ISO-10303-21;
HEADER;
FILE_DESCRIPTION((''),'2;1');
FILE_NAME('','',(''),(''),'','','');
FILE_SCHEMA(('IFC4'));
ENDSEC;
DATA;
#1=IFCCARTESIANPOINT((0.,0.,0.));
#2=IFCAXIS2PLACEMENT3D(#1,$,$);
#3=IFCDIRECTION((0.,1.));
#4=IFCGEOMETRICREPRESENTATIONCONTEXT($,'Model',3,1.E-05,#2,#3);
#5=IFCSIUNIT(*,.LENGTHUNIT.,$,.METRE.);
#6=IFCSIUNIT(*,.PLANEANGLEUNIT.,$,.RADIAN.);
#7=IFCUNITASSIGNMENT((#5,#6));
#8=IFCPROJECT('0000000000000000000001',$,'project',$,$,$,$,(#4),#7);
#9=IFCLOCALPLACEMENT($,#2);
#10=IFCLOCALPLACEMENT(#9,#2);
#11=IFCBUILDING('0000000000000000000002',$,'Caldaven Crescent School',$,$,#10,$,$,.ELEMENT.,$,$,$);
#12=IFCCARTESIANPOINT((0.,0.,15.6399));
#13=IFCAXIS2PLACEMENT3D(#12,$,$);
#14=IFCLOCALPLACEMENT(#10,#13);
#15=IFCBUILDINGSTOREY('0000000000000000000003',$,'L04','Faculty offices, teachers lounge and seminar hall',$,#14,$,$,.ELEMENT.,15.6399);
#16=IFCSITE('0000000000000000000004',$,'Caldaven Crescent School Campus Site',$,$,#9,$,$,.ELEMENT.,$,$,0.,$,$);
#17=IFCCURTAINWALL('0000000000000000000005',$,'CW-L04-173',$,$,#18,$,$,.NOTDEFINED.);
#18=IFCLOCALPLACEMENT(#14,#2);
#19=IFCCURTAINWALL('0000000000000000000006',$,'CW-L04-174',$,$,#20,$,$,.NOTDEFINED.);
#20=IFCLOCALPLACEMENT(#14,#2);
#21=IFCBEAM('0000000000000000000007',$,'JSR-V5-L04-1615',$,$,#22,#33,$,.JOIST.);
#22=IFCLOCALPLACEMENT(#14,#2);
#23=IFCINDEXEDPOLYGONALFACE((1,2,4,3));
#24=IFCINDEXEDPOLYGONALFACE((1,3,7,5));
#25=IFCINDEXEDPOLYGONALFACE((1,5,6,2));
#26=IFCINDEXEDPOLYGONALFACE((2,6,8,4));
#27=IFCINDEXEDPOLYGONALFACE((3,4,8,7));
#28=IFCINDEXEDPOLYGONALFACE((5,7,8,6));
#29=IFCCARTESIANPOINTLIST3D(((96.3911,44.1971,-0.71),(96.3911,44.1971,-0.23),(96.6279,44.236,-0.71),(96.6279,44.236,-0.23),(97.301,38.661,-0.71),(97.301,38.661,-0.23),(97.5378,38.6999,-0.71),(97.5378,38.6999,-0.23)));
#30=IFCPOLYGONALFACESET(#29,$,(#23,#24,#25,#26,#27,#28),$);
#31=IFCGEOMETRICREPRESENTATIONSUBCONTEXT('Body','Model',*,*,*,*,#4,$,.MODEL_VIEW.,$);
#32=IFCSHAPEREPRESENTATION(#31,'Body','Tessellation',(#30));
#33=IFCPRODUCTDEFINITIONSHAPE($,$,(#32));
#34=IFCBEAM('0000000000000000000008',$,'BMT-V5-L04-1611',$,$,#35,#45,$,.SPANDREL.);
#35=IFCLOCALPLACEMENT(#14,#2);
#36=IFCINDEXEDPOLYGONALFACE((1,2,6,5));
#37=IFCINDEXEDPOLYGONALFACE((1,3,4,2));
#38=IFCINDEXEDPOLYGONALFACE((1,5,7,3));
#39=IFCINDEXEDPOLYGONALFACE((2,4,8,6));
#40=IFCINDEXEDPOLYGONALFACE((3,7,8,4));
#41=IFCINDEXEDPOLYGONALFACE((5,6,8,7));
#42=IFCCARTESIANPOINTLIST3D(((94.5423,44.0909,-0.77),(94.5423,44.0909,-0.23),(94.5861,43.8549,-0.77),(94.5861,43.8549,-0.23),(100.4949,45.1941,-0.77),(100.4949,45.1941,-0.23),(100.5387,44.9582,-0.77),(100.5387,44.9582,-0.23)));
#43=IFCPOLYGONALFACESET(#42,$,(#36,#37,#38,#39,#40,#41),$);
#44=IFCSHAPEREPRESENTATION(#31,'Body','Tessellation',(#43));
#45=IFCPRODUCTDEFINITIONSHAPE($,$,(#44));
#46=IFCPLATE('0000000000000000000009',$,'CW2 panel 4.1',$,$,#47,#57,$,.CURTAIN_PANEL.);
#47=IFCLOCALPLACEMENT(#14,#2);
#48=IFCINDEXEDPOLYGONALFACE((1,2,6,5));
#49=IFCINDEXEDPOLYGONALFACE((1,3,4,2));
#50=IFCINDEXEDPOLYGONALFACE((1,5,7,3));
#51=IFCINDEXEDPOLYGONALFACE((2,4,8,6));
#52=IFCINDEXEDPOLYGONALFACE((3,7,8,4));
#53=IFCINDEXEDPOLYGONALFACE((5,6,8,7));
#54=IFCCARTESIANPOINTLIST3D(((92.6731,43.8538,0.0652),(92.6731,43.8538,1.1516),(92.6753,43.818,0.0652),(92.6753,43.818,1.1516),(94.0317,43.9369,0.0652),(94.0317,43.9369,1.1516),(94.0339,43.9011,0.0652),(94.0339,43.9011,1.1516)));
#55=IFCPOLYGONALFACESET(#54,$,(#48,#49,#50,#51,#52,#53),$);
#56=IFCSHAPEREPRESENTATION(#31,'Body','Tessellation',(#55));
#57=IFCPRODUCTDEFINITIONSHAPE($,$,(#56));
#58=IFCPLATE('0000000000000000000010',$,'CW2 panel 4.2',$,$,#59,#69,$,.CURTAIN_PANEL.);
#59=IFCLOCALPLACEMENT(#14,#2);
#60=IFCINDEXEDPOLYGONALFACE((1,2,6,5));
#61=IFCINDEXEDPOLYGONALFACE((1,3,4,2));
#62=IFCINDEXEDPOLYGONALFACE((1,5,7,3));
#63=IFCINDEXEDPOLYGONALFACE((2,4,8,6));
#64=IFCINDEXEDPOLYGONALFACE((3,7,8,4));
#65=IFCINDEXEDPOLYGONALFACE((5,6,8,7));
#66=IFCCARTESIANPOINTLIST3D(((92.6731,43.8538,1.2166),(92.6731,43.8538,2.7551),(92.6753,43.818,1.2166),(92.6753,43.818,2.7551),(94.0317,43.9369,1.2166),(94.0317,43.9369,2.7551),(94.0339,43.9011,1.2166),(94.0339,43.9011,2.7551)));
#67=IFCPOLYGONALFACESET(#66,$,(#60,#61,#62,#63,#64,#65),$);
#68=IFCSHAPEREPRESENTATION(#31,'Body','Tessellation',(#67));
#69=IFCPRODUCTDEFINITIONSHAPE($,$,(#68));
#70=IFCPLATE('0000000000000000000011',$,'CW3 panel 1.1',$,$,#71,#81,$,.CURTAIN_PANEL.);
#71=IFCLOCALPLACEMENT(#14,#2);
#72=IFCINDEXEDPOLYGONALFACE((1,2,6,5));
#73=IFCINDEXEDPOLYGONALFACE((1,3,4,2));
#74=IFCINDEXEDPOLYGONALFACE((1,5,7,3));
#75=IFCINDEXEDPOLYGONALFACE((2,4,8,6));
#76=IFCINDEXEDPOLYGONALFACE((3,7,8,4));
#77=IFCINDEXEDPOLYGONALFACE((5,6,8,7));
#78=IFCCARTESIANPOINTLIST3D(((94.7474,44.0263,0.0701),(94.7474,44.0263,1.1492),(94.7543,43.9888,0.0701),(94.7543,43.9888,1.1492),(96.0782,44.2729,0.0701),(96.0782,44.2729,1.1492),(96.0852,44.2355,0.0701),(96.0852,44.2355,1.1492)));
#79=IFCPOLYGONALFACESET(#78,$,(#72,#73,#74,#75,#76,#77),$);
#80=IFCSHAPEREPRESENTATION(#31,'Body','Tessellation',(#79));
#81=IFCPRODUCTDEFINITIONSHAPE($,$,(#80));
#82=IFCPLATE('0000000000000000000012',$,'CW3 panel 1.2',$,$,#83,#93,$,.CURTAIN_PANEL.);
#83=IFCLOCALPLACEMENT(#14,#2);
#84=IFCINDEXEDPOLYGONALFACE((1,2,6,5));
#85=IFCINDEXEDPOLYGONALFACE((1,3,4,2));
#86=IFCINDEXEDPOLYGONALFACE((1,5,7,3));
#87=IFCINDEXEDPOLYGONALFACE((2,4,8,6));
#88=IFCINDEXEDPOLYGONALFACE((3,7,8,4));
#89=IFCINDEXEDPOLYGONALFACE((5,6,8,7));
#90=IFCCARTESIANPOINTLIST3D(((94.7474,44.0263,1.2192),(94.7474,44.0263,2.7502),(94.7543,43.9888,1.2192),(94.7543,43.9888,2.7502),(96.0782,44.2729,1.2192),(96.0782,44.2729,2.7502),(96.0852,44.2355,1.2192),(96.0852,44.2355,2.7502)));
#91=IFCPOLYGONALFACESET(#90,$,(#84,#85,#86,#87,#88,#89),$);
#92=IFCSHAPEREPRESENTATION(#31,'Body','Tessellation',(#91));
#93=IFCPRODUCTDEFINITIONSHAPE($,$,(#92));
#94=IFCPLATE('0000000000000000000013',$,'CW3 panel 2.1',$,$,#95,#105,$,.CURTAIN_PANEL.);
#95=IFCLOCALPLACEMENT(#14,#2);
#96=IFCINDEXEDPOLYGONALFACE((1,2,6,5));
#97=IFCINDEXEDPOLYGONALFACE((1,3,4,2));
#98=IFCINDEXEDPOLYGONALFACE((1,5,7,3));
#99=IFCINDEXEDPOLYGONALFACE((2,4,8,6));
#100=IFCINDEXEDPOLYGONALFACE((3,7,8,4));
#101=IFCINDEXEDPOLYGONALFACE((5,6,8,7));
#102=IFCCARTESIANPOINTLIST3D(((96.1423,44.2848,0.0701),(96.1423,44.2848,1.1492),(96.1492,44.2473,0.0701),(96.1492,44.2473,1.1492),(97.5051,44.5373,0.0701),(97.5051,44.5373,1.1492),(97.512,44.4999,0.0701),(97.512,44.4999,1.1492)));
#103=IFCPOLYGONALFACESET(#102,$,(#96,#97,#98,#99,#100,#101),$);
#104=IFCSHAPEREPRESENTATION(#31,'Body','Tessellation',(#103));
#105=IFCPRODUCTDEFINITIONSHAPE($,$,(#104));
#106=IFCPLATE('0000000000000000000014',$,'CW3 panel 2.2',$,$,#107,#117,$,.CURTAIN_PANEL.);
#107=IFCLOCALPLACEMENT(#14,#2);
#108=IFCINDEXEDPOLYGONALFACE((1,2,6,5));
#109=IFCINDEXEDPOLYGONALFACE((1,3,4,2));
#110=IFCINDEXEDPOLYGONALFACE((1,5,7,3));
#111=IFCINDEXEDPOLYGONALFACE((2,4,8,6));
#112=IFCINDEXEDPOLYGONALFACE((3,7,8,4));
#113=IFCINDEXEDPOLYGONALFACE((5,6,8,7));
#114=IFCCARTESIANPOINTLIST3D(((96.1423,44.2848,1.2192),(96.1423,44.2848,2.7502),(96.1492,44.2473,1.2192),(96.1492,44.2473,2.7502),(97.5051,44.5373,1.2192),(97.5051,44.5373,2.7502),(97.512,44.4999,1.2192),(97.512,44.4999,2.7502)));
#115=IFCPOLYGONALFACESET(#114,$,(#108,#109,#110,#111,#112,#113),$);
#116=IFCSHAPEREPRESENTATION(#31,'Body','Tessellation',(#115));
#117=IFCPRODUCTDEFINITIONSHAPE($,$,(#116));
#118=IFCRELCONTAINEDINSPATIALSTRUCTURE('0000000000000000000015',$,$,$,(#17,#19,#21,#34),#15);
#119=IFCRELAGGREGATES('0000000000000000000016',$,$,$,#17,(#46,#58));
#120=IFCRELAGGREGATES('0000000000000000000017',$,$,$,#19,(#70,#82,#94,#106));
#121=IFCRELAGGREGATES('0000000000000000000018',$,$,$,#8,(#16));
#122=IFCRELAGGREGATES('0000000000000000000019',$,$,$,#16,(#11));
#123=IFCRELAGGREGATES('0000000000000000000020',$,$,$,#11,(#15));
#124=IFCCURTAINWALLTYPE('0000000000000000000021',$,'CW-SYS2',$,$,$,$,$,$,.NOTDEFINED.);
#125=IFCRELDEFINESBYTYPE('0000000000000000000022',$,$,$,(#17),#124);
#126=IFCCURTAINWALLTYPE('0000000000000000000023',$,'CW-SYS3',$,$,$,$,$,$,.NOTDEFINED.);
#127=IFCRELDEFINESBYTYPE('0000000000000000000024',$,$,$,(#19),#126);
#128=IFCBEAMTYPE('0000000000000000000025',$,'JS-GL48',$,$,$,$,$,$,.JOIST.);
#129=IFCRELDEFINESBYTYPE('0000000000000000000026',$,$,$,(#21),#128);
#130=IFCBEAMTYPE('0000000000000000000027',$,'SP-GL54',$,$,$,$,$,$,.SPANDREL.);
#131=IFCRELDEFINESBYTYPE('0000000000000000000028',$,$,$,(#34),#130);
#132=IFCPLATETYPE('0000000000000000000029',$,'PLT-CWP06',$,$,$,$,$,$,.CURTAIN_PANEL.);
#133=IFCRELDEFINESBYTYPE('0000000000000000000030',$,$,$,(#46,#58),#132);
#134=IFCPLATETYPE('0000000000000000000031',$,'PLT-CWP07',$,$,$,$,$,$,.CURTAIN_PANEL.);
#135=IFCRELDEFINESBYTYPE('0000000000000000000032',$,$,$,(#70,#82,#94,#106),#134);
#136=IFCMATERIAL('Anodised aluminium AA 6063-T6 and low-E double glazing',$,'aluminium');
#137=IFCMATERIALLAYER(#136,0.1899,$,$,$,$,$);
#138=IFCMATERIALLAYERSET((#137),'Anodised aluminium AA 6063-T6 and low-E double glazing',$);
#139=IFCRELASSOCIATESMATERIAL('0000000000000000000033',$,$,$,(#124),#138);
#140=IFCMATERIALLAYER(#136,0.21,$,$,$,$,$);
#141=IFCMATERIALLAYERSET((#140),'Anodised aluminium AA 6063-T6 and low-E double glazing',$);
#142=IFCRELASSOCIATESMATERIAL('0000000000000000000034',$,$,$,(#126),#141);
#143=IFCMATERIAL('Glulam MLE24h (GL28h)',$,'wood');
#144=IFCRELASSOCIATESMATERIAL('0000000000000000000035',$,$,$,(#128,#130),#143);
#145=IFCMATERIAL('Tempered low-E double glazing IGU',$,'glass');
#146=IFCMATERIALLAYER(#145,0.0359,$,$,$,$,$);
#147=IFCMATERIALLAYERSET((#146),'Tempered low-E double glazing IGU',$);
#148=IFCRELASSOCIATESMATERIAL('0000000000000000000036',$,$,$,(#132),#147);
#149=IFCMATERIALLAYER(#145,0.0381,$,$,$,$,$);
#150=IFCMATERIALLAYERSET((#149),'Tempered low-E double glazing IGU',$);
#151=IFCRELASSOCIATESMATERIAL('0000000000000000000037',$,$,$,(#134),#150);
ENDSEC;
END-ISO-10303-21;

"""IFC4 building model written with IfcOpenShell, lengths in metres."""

from ifc_helpers import new_model, si_unit, direction, frame, origin, origin_2d, place, context, subcontext, project, spatial, rectangle, extrude, material, layer, layer_set, material_profile, profile_set, type_object, element, aggregate, save


model = new_model("IFC4")

# Units and contexts
model_context = context("Model", 3, precision=1e-05, world=origin(), true_north=direction((0.0, 1.0)))
body_context = subcontext(model_context, "Body", "Model", "MODEL_VIEW")
ifc_project = project(units=[si_unit("LENGTHUNIT", "METRE"), si_unit("PLANEANGLEUNIT", "RADIAN")], contexts=[model_context])

# Site, building, storey
site_placement = place(None, origin())
site = spatial("IfcSite", under=ifc_project, at=site_placement, Name="Caldaven Crescent School Campus Site", CompositionType="ELEMENT", RefElevation=0.0)
building_placement = place(site_placement, origin())
building = spatial("IfcBuilding", under=site, at=building_placement, Name="Caldaven Crescent School", CompositionType="ELEMENT")
storey_placement = place(building_placement, frame((0.0, 0.0, 15.6399)))
storey = spatial("IfcBuildingStorey", under=building, at=storey_placement, Name="L04", Description="Faculty offices, teachers lounge and seminar hall", CompositionType="ELEMENT", Elevation=15.6399)

# Shared definitions
ifc_material_1 = material(Name="Glulam MLE24h (GL28h)", Category="wood")

# Curtain wall
ifc_material_2 = material(Name="Anodised aluminium AA 6063-T6 and low-E double glazing", Category="aluminium")
ifc_layer_1 = layer(ifc_material_2, 0.1899)
ifc_layer_set_1 = layer_set([ifc_layer_1], Name="Anodised aluminium AA 6063-T6 and low-E double glazing")
curtain_wall_type_1 = type_object("IfcCurtainWallType", Name="CW-SYS2", PredefinedType="NOTDEFINED", material=ifc_layer_set_1)
curtain_wall_1_placement = place(storey_placement, origin())
curtain_wall_1 = element("IfcCurtainWall", 1, at=curtain_wall_1_placement, inside=storey, type_object=curtain_wall_type_1, Name="CW-L04-173", PredefinedType="NOTDEFINED")

# Curtain wall
ifc_layer_2 = layer(ifc_material_2, 0.21)
ifc_layer_set_2 = layer_set([ifc_layer_2], Name="Anodised aluminium AA 6063-T6 and low-E double glazing")
curtain_wall_type_2 = type_object("IfcCurtainWallType", Name="CW-SYS3", PredefinedType="NOTDEFINED", material=ifc_layer_set_2)
curtain_wall_2_placement = place(storey_placement, origin())
curtain_wall_2 = element("IfcCurtainWall", 2, at=curtain_wall_2_placement, inside=storey, type_object=curtain_wall_type_2, Name="CW-L04-174", PredefinedType="NOTDEFINED")

# Beams
ifc_material_profile_1 = material_profile(ifc_material_1, rectangle(XDim=0.24, YDim=0.48, at=origin_2d()), Name="MLE 240x480")
ifc_profile_set_1 = profile_set([ifc_material_profile_1], Name="Glulam MLE24h (GL28h)")
beam_type_1 = type_object("IfcBeamType", Name="JS-GL48", PredefinedType="JOIST", material=ifc_profile_set_1)
beam_1_placement = place(storey_placement, frame((96.5095, 44.2166, -0.47), z_axis=(0.162183, -0.986761, 0.0), x_axis=(0.986761, 0.162183, 0.0)))
element("IfcBeam", 3, at=beam_1_placement, inside=storey, type_object=beam_type_1, Name="JSR-V5-L04-1615", PredefinedType="JOIST", context=body_context, shape_type="SweptSolid", body=[
    extrude(rectangle(XDim=0.24, YDim=0.48, at=origin_2d()), origin(), (0.0, 0.0, 1.0), 5.6104),
])
ifc_material_profile_2 = material_profile(ifc_material_1, rectangle(XDim=0.24, YDim=0.54, at=origin_2d()), Name="MLE 240x540")
ifc_profile_set_2 = profile_set([ifc_material_profile_2], Name="Glulam MLE24h (GL28h)")
beam_type_2 = type_object("IfcBeamType", Name="SP-GL54", PredefinedType="SPANDREL", material=ifc_profile_set_2)
beam_2_placement = place(storey_placement, frame((94.5642, 43.9729, -0.5), z_axis=(0.983254, 0.182238, 0.0), x_axis=(-0.182238, 0.983254, 0.0)))
element("IfcBeam", 4, at=beam_2_placement, inside=storey, type_object=beam_type_2, Name="BMT-V5-L04-1611", PredefinedType="SPANDREL", context=body_context, shape_type="SweptSolid", body=[
    extrude(rectangle(XDim=0.24, YDim=0.54, at=origin_2d()), origin(), (0.0, 0.0, 1.0), 6.054),
])

# Plates
ifc_material_3 = material(Name="Tempered low-E double glazing IGU", Category="glass")
ifc_layer_3 = layer(ifc_material_3, 0.0359)
ifc_layer_set_3 = layer_set([ifc_layer_3], Name="Tempered low-E double glazing IGU")
plate_type_1 = type_object("IfcPlateType", Name="PLT-CWP06", PredefinedType="CURTAIN_PANEL", material=ifc_layer_set_3)
plate_1_placement = place(storey_placement, frame((93.3535, 43.8774, 0.0652), z_axis=(0.0, 0.0, 1.0), x_axis=(0.998135, 0.061049, 0.0)))
plate_1 = element("IfcPlate", 5, at=plate_1_placement, type_object=plate_type_1, Name="CW2 panel 4.1", PredefinedType="CURTAIN_PANEL", context=body_context, shape_type="SweptSolid", body=[
    extrude(rectangle(XDim=1.3611, YDim=0.0359, at=origin_2d()), origin(), (0.0, 0.0, 1.0), 1.0864),
])
plate_2_placement = place(storey_placement, frame((93.3535, 43.8774, 1.2166), z_axis=(0.0, 0.0, 1.0), x_axis=(0.998135, 0.061049, 0.0)))
plate_2 = element("IfcPlate", 6, at=plate_2_placement, type_object=plate_type_1, Name="CW2 panel 4.2", PredefinedType="CURTAIN_PANEL", context=body_context, shape_type="SweptSolid", body=[
    extrude(rectangle(XDim=1.3611, YDim=0.0359, at=origin_2d()), origin(), (0.0, 0.0, 1.0), 1.5386),
])
aggregate(curtain_wall_1, [plate_1, plate_2])
ifc_layer_4 = layer(ifc_material_3, 0.0381)
ifc_layer_set_4 = layer_set([ifc_layer_4], Name="Tempered low-E double glazing IGU")
plate_type_2 = type_object("IfcPlateType", Name="PLT-CWP07", PredefinedType="CURTAIN_PANEL", material=ifc_layer_set_4)
plate_3_placement = place(storey_placement, frame((95.4163, 44.1309, 0.0701), z_axis=(0.0, 0.0, 1.0), x_axis=(0.983255, 0.182236, 0.0)))
plate_3 = element("IfcPlate", 7, at=plate_3_placement, type_object=plate_type_2, Name="CW3 panel 1.1", PredefinedType="CURTAIN_PANEL", context=body_context, shape_type="SweptSolid", body=[
    extrude(rectangle(XDim=1.3535, YDim=0.0381, at=origin_2d()), origin(), (0.0, 0.0, 1.0), 1.0791),
])
plate_4_placement = place(storey_placement, frame((95.4163, 44.1309, 1.2192), z_axis=(0.0, 0.0, 1.0), x_axis=(0.983255, 0.182236, 0.0)))
plate_4 = element("IfcPlate", 8, at=plate_4_placement, type_object=plate_type_2, Name="CW3 panel 1.2", PredefinedType="CURTAIN_PANEL", context=body_context, shape_type="SweptSolid", body=[
    extrude(rectangle(XDim=1.3535, YDim=0.0381, at=origin_2d()), origin(), (0.0, 0.0, 1.0), 1.531),
])
plate_5_placement = place(storey_placement, frame((96.8271, 44.3923, 0.0701), z_axis=(0.0, 0.0, 1.0), x_axis=(0.983255, 0.182236, 0.0)))
plate_5 = element("IfcPlate", 9, at=plate_5_placement, type_object=plate_type_2, Name="CW3 panel 2.1", PredefinedType="CURTAIN_PANEL", context=body_context, shape_type="SweptSolid", body=[
    extrude(rectangle(XDim=1.386, YDim=0.0381, at=origin_2d()), origin(), (0.0, 0.0, 1.0), 1.0791),
])
plate_6_placement = place(storey_placement, frame((96.8271, 44.3923, 1.2192), z_axis=(0.0, 0.0, 1.0), x_axis=(0.983255, 0.182236, 0.0)))
plate_6 = element("IfcPlate", 10, at=plate_6_placement, type_object=plate_type_2, Name="CW3 panel 2.2", PredefinedType="CURTAIN_PANEL", context=body_context, shape_type="SweptSolid", body=[
    extrude(rectangle(XDim=1.386, YDim=0.0381, at=origin_2d()), origin(), (0.0, 0.0, 1.0), 1.531),
])
aggregate(curtain_wall_2, [plate_3, plate_4, plate_5, plate_6])

save(model, "model.ifc")
